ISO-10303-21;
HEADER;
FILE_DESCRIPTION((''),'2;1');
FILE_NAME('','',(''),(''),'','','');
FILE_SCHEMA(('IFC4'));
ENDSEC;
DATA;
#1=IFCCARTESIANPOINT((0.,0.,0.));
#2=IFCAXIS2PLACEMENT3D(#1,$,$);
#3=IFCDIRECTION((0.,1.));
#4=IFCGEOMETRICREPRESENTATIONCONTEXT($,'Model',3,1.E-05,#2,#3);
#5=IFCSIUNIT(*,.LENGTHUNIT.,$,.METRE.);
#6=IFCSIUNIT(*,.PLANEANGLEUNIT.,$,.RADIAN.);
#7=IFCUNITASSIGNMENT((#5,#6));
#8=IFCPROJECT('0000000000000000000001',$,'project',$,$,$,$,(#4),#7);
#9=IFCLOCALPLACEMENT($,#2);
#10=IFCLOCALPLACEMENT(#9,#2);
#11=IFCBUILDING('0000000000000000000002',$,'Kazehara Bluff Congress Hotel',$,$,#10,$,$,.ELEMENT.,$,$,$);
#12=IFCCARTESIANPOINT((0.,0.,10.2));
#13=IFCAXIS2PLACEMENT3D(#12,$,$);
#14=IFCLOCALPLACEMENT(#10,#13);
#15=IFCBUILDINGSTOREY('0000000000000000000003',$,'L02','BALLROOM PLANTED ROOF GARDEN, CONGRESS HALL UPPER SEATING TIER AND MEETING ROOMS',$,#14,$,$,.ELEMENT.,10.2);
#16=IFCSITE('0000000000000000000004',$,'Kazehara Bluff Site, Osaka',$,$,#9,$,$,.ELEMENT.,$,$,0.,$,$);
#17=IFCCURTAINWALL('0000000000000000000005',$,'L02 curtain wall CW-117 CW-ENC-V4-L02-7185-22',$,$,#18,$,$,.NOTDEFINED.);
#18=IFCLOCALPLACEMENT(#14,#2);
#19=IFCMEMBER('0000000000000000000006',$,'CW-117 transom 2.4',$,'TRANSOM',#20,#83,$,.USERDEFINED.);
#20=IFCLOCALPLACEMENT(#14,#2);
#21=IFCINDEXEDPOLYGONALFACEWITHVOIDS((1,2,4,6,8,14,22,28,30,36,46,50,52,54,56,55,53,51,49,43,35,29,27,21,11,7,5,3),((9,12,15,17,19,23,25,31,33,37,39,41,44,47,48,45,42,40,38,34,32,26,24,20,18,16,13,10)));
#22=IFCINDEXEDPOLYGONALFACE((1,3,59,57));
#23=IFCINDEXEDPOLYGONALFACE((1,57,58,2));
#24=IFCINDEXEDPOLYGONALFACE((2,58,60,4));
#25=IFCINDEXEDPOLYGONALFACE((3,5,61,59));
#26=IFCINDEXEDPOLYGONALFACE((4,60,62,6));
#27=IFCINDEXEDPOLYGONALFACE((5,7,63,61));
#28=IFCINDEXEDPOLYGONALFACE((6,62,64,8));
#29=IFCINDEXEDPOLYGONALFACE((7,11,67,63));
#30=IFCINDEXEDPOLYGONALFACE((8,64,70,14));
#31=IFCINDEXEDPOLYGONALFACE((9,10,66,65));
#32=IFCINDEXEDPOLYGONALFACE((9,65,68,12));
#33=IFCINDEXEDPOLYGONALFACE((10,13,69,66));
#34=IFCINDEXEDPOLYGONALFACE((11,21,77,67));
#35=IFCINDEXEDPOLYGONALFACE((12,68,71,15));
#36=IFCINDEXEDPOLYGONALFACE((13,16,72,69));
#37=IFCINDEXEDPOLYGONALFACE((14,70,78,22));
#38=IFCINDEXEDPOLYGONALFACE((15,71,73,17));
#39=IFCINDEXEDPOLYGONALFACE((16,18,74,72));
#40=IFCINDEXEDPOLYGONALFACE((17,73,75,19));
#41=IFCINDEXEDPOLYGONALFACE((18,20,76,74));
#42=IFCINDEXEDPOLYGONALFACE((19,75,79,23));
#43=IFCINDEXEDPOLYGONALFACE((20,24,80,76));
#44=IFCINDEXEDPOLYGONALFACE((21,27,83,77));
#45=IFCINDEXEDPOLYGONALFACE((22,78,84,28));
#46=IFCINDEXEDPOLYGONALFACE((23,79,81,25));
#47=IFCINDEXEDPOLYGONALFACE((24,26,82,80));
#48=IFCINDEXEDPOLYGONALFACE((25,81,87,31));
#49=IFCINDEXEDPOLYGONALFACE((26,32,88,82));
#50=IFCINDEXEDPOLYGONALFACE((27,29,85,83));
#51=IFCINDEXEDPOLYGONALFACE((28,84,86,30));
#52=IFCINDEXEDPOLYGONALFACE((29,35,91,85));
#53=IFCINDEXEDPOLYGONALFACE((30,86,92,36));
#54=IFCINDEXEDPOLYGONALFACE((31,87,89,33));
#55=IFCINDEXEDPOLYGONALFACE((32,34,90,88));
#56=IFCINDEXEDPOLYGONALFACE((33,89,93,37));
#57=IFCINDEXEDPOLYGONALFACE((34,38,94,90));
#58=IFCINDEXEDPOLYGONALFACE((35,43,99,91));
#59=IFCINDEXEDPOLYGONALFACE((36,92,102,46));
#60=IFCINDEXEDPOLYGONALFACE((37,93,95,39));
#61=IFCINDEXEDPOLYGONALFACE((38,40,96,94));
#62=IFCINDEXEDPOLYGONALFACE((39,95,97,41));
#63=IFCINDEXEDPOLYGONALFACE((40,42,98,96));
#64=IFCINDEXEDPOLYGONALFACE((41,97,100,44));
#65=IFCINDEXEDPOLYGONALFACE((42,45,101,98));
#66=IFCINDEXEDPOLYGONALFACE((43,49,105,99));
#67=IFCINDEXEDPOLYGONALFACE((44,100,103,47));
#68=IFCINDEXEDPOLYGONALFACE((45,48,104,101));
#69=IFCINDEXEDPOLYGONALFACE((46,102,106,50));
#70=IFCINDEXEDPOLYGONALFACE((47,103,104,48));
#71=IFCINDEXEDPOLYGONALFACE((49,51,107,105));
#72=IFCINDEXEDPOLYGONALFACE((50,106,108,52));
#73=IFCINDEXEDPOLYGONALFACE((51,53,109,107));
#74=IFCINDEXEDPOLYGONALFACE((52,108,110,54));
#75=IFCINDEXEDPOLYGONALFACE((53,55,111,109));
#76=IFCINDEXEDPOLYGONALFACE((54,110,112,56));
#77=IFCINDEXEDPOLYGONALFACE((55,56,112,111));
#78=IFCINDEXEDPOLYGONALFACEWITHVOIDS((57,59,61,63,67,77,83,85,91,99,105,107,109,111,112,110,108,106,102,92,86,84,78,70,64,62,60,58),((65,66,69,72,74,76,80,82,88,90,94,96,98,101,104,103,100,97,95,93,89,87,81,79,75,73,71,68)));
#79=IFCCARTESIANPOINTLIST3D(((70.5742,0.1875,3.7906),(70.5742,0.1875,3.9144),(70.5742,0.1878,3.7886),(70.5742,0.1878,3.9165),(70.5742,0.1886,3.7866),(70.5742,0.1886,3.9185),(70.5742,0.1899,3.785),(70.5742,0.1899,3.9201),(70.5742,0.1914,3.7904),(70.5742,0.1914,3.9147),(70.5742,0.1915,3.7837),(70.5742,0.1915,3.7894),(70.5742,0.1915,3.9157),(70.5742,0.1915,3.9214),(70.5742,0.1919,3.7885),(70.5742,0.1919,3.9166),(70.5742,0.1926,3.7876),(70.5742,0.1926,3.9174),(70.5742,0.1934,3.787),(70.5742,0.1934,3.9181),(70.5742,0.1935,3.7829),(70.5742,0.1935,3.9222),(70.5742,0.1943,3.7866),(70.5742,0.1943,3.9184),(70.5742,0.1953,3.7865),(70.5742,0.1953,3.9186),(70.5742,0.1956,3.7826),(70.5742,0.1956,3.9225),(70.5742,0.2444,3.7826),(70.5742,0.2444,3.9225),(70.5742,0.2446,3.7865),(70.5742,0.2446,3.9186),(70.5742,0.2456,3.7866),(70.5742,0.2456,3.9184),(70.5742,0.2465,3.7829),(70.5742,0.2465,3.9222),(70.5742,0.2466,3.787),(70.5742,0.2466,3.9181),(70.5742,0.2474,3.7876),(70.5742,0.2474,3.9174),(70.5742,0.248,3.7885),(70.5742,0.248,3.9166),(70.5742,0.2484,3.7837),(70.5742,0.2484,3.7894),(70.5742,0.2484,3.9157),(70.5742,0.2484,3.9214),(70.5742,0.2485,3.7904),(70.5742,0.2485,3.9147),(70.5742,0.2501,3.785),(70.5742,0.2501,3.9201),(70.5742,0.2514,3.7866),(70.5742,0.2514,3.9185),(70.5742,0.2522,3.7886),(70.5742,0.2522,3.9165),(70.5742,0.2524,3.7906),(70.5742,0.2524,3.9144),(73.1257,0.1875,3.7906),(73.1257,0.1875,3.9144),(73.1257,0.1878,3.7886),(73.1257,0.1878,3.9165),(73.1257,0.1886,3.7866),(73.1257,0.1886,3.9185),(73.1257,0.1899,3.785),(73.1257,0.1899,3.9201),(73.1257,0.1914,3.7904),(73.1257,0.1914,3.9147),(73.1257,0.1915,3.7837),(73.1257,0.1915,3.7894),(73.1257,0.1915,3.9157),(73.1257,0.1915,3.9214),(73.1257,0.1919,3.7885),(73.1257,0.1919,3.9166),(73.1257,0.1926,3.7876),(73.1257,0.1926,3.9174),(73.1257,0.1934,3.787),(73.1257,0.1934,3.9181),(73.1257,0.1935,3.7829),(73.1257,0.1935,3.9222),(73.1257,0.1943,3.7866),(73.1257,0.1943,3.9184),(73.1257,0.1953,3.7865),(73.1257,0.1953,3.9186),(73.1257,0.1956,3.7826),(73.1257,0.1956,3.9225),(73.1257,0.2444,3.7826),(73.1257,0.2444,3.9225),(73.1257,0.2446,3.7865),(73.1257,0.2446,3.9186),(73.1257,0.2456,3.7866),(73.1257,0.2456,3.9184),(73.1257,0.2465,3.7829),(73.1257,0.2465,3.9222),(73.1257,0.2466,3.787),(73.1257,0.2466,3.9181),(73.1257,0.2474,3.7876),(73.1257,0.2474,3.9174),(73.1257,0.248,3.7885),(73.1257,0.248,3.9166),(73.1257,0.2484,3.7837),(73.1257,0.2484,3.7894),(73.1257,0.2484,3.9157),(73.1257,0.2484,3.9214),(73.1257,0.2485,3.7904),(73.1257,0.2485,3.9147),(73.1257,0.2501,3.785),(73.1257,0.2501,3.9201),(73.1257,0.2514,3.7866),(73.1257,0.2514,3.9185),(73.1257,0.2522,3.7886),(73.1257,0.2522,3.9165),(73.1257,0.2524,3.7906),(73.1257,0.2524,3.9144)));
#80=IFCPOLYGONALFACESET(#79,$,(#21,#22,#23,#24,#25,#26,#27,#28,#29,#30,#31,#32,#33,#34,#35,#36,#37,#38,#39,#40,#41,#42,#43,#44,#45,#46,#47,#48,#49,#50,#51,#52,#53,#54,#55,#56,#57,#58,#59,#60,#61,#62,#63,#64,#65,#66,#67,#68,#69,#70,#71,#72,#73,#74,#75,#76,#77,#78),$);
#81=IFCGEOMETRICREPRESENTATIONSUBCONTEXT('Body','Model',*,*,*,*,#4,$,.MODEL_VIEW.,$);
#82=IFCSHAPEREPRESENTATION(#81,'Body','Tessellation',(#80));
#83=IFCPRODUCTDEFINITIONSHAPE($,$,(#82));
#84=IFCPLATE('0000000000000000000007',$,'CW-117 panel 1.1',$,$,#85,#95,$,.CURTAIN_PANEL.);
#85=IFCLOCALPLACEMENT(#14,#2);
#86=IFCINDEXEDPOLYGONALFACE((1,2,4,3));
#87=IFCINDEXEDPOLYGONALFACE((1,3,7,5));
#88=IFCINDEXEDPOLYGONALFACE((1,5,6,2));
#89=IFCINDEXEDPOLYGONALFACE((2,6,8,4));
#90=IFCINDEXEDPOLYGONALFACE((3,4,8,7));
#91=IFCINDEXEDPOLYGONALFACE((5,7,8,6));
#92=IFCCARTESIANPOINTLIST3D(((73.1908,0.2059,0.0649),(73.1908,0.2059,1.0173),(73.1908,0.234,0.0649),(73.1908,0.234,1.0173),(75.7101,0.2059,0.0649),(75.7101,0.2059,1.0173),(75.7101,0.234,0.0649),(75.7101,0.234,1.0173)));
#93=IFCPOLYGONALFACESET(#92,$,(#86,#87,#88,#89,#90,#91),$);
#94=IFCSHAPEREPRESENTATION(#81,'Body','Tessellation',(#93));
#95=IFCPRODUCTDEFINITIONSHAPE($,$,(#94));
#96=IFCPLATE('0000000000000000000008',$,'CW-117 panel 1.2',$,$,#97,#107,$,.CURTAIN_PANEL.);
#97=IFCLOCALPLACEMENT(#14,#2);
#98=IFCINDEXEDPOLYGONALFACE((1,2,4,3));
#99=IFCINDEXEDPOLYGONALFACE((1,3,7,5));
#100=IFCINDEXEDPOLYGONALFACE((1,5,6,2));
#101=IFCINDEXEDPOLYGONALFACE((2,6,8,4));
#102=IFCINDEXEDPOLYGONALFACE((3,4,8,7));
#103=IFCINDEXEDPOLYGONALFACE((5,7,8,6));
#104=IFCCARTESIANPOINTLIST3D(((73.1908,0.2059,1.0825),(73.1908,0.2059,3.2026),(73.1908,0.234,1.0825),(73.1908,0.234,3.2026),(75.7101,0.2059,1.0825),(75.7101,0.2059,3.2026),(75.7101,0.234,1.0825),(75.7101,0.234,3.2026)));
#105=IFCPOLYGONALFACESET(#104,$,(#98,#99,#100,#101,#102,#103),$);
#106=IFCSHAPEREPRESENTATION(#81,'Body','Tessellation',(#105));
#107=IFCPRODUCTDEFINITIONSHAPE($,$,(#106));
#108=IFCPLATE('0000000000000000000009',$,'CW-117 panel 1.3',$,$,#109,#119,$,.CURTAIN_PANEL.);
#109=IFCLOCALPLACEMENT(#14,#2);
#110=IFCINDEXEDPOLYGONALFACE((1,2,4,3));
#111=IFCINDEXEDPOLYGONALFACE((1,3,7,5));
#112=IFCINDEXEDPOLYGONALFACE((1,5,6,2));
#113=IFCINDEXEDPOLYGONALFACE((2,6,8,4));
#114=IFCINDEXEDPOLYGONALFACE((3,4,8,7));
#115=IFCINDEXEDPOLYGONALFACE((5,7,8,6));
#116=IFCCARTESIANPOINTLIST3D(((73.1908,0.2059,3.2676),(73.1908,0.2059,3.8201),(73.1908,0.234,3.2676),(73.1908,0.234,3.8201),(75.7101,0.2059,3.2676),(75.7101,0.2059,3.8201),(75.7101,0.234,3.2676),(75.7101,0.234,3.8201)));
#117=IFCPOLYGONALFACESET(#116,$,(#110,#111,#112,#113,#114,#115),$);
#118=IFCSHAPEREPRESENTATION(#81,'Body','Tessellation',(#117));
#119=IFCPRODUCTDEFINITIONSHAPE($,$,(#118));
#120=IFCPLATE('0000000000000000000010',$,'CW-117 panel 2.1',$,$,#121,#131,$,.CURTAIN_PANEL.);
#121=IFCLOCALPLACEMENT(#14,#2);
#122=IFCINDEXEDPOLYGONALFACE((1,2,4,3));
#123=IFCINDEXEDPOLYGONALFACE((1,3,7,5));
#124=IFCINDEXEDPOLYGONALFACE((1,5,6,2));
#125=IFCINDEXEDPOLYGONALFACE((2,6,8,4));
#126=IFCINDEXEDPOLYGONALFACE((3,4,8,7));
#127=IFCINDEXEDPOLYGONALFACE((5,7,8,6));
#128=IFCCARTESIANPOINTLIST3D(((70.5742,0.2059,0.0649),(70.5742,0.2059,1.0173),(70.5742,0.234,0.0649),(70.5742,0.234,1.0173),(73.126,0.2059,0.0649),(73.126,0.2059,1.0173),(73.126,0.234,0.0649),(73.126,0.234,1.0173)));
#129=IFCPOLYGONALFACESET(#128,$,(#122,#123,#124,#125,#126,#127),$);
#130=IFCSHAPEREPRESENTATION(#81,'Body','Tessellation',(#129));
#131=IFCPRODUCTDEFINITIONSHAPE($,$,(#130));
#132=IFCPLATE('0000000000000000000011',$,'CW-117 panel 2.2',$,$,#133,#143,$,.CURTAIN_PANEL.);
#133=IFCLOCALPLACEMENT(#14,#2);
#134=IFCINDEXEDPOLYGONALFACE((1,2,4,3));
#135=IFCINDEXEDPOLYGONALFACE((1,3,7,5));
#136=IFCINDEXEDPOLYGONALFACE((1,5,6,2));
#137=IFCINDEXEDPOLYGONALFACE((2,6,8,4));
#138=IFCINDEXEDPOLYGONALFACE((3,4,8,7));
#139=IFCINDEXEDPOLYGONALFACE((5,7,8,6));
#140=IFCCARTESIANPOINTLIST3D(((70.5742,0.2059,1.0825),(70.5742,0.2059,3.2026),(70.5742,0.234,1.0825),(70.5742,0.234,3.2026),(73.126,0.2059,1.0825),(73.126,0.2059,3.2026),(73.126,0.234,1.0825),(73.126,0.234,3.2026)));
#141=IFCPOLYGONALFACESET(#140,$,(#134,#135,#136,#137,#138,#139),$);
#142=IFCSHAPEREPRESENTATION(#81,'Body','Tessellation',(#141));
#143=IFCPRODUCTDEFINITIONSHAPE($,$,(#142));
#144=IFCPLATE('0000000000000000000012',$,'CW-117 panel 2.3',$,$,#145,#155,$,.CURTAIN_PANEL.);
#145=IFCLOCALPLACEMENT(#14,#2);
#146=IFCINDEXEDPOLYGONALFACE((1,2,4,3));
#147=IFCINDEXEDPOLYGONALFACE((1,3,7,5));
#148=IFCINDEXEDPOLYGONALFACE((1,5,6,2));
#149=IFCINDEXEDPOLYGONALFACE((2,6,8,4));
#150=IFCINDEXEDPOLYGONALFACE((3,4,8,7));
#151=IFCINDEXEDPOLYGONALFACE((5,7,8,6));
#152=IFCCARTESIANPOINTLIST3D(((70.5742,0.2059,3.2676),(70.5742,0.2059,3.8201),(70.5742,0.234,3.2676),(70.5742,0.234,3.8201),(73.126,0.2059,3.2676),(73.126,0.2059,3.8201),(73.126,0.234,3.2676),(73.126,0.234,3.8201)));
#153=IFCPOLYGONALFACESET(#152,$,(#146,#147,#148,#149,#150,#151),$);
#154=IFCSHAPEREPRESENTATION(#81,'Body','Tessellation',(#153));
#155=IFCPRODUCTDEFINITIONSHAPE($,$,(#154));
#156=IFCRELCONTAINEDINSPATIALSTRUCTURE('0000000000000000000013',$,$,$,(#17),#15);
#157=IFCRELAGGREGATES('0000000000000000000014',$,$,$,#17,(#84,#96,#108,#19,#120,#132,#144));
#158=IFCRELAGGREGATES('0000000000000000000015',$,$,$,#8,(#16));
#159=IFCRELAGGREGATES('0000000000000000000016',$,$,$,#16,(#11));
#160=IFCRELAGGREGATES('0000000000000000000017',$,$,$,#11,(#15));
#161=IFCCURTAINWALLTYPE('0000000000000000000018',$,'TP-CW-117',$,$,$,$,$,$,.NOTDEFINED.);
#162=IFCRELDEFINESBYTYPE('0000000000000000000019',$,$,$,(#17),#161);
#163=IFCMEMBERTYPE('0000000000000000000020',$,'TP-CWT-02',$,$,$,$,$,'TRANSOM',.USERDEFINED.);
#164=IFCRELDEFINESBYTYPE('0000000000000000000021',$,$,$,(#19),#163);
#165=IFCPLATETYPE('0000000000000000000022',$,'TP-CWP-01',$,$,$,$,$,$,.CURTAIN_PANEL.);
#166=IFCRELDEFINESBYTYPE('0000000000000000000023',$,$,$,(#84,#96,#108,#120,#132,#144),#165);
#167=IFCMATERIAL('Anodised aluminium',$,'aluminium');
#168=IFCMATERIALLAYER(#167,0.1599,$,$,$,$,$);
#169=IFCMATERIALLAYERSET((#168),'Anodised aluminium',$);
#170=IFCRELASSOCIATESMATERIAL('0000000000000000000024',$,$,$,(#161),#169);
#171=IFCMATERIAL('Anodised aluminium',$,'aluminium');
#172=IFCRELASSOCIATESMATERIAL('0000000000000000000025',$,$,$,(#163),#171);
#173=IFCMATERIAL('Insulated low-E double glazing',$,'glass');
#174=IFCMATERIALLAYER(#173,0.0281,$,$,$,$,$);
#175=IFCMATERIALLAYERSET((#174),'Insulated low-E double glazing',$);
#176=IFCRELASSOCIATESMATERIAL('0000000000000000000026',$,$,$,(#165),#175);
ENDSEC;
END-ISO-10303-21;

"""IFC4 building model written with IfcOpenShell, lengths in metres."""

from ifc_helpers import new_model, si_unit, direction, frame, origin, origin_2d, place, context, subcontext, project, spatial, rectangle, hollow_rectangle, extrude, material, layer, layer_set, material_profile, profile_set, type_object, element, aggregate, save


model = new_model("IFC4")

# Units and contexts
model_context = context("Model", 3, precision=1e-05, world=origin(), true_north=direction((0.0, 1.0)))
body_context = subcontext(model_context, "Body", "Model", "MODEL_VIEW")
ifc_project = project(units=[si_unit("LENGTHUNIT", "METRE"), si_unit("PLANEANGLEUNIT", "RADIAN")], contexts=[model_context])

# Site, building, storey
site_placement = place(None, origin())
site = spatial("IfcSite", under=ifc_project, at=site_placement, Name="Kazehara Bluff Site, Osaka", CompositionType="ELEMENT", RefElevation=0.0)
building_placement = place(site_placement, origin())
building = spatial("IfcBuilding", under=site, at=building_placement, Name="Kazehara Bluff Congress Hotel", CompositionType="ELEMENT")
storey_placement = place(building_placement, frame((0.0, 0.0, 10.2)))
storey = spatial("IfcBuildingStorey", under=building, at=storey_placement, Name="L02", Description="BALLROOM PLANTED ROOF GARDEN, CONGRESS HALL UPPER SEATING TIER AND MEETING ROOMS", CompositionType="ELEMENT", Elevation=10.2)

# Curtain wall, member, plates
ifc_material_1 = material(Name="Anodised aluminium", Category="aluminium")
ifc_layer_1 = layer(ifc_material_1, 0.1599)
ifc_layer_set_1 = layer_set([ifc_layer_1], Name="Anodised aluminium")
curtain_wall_type = type_object("IfcCurtainWallType", Name="TP-CW-117", PredefinedType="NOTDEFINED", material=ifc_layer_set_1)
curtain_wall_placement = place(storey_placement, origin())
curtain_wall = element("IfcCurtainWall", 1, at=curtain_wall_placement, inside=storey, type_object=curtain_wall_type, Name="L02 curtain wall CW-117 CW-ENC-V4-L02-7185-22", PredefinedType="NOTDEFINED")
ifc_material_2 = material(Name="Anodised aluminium", Category="aluminium")
ifc_material_profile_1 = material_profile(ifc_material_2, hollow_rectangle(XDim=0.0649, YDim=0.1399, WallThickness=0.0039, InnerFilletRadius=0.0039, OuterFilletRadius=0.0081, at=origin_2d()))
ifc_profile_set_1 = profile_set([ifc_material_profile_1], Name="Anodised aluminium")
member_type_1 = type_object("IfcMemberType", Name="TP-CWT-02", ElementType="TRANSOM", PredefinedType="USERDEFINED", material=ifc_profile_set_1)
member_1_placement = place(storey_placement, frame((73.1257, 0.22, 3.8525), z_axis=(-1.0, 0.0, 0.0), x_axis=(0.0, -1.0, 0.0)))
member_1 = element("IfcMember", 2, at=member_1_placement, type_object=member_type_1, Name="CW-117 transom 2.4", ObjectType="TRANSOM", PredefinedType="USERDEFINED", context=body_context, shape_type="SweptSolid", body=[
    extrude(hollow_rectangle(XDim=0.0649, YDim=0.1399, WallThickness=0.0039, InnerFilletRadius=0.0039, OuterFilletRadius=0.0081, at=origin_2d()), origin(), (0.0, 0.0, 1.0), 2.5515),
])
ifc_material_3 = material(Name="Insulated low-E double glazing", Category="glass")
ifc_layer_2 = layer(ifc_material_3, 0.0281)
ifc_layer_set_2 = layer_set([ifc_layer_2], Name="Insulated low-E double glazing")
plate_type = type_object("IfcPlateType", Name="TP-CWP-01", PredefinedType="CURTAIN_PANEL", material=ifc_layer_set_2)
plate_1_placement = place(storey_placement, frame((74.4504, 0.22, 0.0649), z_axis=(0.0, 0.0, 1.0), x_axis=(-1.0, 0.0, 0.0)))
plate_1 = element("IfcPlate", 3, at=plate_1_placement, type_object=plate_type, Name="CW-117 panel 1.1", PredefinedType="CURTAIN_PANEL", context=body_context, shape_type="SweptSolid", body=[
    extrude(rectangle(XDim=2.5193, YDim=0.0281, at=origin_2d()), origin(), (0.0, 0.0, 1.0), 0.9524),
])
plate_2_placement = place(storey_placement, frame((74.4504, 0.22, 1.0825), z_axis=(0.0, 0.0, 1.0), x_axis=(-1.0, 0.0, 0.0)))
plate_2 = element("IfcPlate", 4, at=plate_2_placement, type_object=plate_type, Name="CW-117 panel 1.2", PredefinedType="CURTAIN_PANEL", context=body_context, shape_type="SweptSolid", body=[
    extrude(rectangle(XDim=2.5193, YDim=0.0281, at=origin_2d()), origin(), (0.0, 0.0, 1.0), 2.1201),
])
plate_3_placement = place(storey_placement, frame((74.4504, 0.22, 3.2676), z_axis=(0.0, 0.0, 1.0), x_axis=(-1.0, 0.0, 0.0)))
plate_3 = element("IfcPlate", 5, at=plate_3_placement, type_object=plate_type, Name="CW-117 panel 1.3", PredefinedType="CURTAIN_PANEL", context=body_context, shape_type="SweptSolid", body=[
    extrude(rectangle(XDim=2.5193, YDim=0.0281, at=origin_2d()), origin(), (0.0, 0.0, 1.0), 0.5525),
])
plate_4_placement = place(storey_placement, frame((71.8501, 0.22, 0.0649), z_axis=(0.0, 0.0, 1.0), x_axis=(-1.0, 0.0, 0.0)))
plate_4 = element("IfcPlate", 6, at=plate_4_placement, type_object=plate_type, Name="CW-117 panel 2.1", PredefinedType="CURTAIN_PANEL", context=body_context, shape_type="SweptSolid", body=[
    extrude(rectangle(XDim=2.5518, YDim=0.0281, at=origin_2d()), origin(), (0.0, 0.0, 1.0), 0.9524),
])
plate_5_placement = place(storey_placement, frame((71.8501, 0.22, 1.0825), z_axis=(0.0, 0.0, 1.0), x_axis=(-1.0, 0.0, 0.0)))
plate_5 = element("IfcPlate", 7, at=plate_5_placement, type_object=plate_type, Name="CW-117 panel 2.2", PredefinedType="CURTAIN_PANEL", context=body_context, shape_type="SweptSolid", body=[
    extrude(rectangle(XDim=2.5518, YDim=0.0281, at=origin_2d()), origin(), (0.0, 0.0, 1.0), 2.1201),
])
plate_6_placement = place(storey_placement, frame((71.8501, 0.22, 3.2676), z_axis=(0.0, 0.0, 1.0), x_axis=(-1.0, 0.0, 0.0)))
plate_6 = element("IfcPlate", 8, at=plate_6_placement, type_object=plate_type, Name="CW-117 panel 2.3", PredefinedType="CURTAIN_PANEL", context=body_context, shape_type="SweptSolid", body=[
    extrude(rectangle(XDim=2.5518, YDim=0.0281, at=origin_2d()), origin(), (0.0, 0.0, 1.0), 0.5525),
])
aggregate(curtain_wall, [plate_1, plate_2, plate_3, member_1, plate_4, plate_5, plate_6])

save(model, "model.ifc")
